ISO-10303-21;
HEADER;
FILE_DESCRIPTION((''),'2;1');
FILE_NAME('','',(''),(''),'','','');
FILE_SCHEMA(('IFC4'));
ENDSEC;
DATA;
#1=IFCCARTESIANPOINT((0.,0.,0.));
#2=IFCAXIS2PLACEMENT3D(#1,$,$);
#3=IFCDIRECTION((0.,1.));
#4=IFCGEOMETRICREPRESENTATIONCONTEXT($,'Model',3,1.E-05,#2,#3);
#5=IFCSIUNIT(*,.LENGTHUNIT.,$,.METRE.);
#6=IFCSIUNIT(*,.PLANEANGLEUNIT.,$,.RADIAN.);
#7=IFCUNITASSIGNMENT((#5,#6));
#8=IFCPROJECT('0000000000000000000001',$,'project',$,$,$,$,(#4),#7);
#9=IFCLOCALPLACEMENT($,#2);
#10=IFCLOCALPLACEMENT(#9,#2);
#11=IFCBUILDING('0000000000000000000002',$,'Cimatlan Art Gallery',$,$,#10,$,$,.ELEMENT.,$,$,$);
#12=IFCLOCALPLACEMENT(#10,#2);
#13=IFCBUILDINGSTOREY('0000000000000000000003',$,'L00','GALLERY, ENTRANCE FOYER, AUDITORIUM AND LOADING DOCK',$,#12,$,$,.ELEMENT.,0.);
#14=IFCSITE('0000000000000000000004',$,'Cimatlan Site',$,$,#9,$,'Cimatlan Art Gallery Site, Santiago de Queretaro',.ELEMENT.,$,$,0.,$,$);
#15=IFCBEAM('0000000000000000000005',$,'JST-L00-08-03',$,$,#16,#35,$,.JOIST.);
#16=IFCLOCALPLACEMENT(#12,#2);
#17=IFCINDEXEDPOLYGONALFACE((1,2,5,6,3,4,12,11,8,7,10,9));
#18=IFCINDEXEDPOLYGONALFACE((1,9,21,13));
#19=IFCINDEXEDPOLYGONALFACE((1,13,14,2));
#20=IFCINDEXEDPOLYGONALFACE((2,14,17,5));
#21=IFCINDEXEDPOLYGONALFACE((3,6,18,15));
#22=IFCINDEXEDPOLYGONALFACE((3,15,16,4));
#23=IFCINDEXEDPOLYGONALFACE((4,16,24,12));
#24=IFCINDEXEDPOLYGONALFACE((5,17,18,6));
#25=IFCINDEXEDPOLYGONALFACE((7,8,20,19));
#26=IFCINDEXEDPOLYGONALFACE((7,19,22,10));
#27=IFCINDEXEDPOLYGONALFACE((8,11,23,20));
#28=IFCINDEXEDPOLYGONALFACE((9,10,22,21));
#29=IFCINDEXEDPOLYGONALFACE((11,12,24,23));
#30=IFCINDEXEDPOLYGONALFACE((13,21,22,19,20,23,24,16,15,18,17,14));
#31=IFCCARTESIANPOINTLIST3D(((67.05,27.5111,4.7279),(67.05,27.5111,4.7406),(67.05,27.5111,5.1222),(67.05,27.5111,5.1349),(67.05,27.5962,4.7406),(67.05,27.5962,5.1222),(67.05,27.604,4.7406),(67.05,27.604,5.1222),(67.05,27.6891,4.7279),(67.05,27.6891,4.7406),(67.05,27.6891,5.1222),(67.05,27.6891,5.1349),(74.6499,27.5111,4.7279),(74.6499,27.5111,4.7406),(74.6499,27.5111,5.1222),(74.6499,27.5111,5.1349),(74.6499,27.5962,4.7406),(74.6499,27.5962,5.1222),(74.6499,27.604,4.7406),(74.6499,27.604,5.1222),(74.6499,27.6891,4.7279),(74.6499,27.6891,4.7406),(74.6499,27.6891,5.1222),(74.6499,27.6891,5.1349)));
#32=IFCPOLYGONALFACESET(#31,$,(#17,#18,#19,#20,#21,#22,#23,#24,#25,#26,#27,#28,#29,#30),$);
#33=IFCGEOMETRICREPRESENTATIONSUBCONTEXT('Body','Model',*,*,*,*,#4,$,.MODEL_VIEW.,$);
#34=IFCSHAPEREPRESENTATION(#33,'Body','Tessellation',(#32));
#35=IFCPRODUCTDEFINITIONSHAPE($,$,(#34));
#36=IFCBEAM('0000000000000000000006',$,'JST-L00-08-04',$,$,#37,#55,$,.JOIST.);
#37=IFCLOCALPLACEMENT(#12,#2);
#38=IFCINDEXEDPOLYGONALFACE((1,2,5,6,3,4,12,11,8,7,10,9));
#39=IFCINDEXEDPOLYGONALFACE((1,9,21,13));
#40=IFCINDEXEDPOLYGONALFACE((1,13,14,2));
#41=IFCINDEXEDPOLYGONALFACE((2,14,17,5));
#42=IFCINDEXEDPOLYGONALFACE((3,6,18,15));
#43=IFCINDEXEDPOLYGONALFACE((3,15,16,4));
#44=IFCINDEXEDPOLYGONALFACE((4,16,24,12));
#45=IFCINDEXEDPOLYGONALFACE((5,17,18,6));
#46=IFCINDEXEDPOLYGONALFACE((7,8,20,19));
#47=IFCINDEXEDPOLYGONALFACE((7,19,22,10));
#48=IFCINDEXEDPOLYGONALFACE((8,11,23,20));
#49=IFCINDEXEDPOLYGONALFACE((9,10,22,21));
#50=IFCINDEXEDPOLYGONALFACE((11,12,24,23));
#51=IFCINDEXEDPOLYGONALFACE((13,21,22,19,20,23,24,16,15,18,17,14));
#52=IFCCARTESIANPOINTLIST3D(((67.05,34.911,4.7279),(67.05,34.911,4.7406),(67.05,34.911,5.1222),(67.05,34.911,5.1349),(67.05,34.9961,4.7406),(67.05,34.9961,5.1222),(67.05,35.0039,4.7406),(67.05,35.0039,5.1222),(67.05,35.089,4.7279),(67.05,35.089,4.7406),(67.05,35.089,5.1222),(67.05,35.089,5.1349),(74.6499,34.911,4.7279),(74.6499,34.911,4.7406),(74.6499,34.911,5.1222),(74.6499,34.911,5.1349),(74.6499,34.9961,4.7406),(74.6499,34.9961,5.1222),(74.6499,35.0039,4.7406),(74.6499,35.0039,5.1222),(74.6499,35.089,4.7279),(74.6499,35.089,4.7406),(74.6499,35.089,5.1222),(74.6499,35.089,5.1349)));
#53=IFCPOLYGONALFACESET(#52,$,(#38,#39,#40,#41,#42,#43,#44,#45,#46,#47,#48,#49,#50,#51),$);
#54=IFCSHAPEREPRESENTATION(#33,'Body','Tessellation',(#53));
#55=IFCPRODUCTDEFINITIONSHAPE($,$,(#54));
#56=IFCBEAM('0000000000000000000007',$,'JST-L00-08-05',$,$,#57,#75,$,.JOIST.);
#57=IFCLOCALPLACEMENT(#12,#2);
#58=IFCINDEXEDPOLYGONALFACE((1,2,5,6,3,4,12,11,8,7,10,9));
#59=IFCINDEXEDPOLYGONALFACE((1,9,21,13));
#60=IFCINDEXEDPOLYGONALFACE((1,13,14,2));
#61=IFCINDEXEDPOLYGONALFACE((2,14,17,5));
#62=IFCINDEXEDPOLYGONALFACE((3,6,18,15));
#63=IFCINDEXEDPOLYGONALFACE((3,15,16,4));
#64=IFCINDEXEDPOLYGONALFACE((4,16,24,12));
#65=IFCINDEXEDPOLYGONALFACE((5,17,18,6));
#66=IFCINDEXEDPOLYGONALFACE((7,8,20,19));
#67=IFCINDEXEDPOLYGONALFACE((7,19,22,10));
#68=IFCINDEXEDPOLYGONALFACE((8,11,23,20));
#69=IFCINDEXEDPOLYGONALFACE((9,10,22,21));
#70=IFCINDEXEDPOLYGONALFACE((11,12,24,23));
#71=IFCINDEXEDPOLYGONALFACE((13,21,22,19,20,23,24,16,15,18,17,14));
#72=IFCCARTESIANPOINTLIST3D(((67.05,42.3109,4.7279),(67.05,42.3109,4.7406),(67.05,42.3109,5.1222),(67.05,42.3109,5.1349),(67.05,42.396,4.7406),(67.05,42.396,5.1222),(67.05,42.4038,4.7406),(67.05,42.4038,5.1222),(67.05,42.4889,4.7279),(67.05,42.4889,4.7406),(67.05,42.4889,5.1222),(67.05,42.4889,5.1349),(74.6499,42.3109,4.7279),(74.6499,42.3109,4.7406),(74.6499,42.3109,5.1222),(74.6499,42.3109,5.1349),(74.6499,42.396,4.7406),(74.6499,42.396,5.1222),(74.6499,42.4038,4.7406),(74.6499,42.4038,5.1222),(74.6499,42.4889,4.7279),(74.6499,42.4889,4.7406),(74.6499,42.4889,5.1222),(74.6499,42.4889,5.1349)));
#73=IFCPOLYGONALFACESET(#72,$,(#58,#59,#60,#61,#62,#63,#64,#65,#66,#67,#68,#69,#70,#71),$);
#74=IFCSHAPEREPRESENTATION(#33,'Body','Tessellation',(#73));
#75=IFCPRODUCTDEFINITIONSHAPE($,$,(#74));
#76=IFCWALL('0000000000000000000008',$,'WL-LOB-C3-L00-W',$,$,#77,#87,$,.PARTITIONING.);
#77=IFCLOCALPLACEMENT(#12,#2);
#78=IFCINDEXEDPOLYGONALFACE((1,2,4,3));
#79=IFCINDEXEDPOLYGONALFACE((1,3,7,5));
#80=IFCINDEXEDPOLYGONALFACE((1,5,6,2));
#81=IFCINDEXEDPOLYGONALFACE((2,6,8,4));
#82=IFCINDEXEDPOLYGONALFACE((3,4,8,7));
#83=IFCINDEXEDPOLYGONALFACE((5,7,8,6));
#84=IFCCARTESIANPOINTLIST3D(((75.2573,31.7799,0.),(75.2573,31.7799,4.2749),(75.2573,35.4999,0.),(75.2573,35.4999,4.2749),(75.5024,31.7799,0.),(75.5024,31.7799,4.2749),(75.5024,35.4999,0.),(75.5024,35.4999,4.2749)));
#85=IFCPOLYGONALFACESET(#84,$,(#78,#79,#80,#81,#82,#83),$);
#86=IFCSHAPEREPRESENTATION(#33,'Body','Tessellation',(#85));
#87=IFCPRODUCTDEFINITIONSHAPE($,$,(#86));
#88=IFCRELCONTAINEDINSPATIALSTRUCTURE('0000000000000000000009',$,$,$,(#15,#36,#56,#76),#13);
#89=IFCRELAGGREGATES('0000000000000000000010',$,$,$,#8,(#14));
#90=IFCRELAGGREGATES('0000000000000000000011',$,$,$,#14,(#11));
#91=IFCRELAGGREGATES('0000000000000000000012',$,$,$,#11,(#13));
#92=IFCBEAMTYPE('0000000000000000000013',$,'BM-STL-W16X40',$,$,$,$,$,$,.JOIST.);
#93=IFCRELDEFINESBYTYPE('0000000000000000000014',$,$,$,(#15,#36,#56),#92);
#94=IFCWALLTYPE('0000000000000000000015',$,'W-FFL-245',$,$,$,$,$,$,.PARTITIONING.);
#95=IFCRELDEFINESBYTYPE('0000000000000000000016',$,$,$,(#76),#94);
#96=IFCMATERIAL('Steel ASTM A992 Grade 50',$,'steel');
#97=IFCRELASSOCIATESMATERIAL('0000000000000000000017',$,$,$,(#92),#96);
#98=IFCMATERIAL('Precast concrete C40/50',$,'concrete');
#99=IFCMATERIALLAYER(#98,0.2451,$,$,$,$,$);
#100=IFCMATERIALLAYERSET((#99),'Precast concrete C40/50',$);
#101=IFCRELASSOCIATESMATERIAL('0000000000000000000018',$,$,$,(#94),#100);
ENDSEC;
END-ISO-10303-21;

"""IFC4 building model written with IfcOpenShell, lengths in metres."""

from ifc_helpers import new_model, si_unit, direction, frame, frame_2d, origin, origin_2d, place, context, subcontext, project, spatial, rectangle, i_section, extrude, material, layer, layer_set, material_profile, profile_set, type_object, element, save


model = new_model("IFC4")

# Units and contexts
model_context = context("Model", 3, precision=1e-05, world=origin(), true_north=direction((0.0, 1.0)))
body_context = subcontext(model_context, "Body", "Model", "MODEL_VIEW")
ifc_project = project(units=[si_unit("LENGTHUNIT", "METRE"), si_unit("PLANEANGLEUNIT", "RADIAN")], contexts=[model_context])

# Site, building, storey
site_placement = place(None, origin())
site = spatial("IfcSite", under=ifc_project, at=site_placement, Name="Cimatlan Site", LongName="Cimatlan Art Gallery Site, Santiago de Queretaro", CompositionType="ELEMENT", RefElevation=0.0)
building_placement = place(site_placement, origin())
building = spatial("IfcBuilding", under=site, at=building_placement, Name="Cimatlan Art Gallery", CompositionType="ELEMENT")
storey_placement = place(building_placement, origin())
storey = spatial("IfcBuildingStorey", under=building, at=storey_placement, Name="L00", Description="GALLERY, ENTRANCE FOYER, AUDITORIUM AND LOADING DOCK", CompositionType="ELEMENT", Elevation=0.0)

# Beams
ifc_material_1 = material(Name="Steel ASTM A992 Grade 50", Category="steel")
ifc_material_profile_1 = material_profile(ifc_material_1, i_section(OverallWidth=0.178, OverallDepth=0.407, WebThickness=0.0078, FlangeThickness=0.0127, at=origin_2d()), Name="W16X40")
ifc_profile_set_1 = profile_set([ifc_material_profile_1], Name="Steel ASTM A992 Grade 50")
beam_type_1 = type_object("IfcBeamType", Name="BM-STL-W16X40", PredefinedType="JOIST", material=ifc_profile_set_1)
for number, where, z_axis, x_axis, name in (
    (1, (67.05, 27.6001, 4.9314), (1.0, 0.0, 0.0), (0.0, 1.0, 0.0), "JST-L00-08-03"),
    (2, (67.05, 35.0, 4.9314), (1.0, 0.0, 0.0), (0.0, 1.0, 0.0), "JST-L00-08-04"),
    (3, (67.05, 42.3999, 4.9314), (1.0, 0.0, 0.0), (0.0, 1.0, 0.0), "JST-L00-08-05"),
):
    element("IfcBeam", number, at=place(storey_placement, frame(where, z_axis=z_axis, x_axis=x_axis)), inside=storey, type_object=beam_type_1, Name=name, PredefinedType="JOIST", context=body_context, shape_type="SweptSolid", body=[
        extrude(i_section(OverallWidth=0.178, OverallDepth=0.407, WebThickness=0.0078, FlangeThickness=0.0127, at=origin_2d()), origin(), (0.0, 0.0, 1.0), 7.5999),
    ])

# Shared definitions
ifc_material_2 = material(Name="Precast concrete C40/50", Category="concrete")
ifc_layer_1 = layer(ifc_material_2, 0.2451)
ifc_layer_set_1 = layer_set([ifc_layer_1], Name="Precast concrete C40/50")
wall_type_1 = type_object("IfcWallType", Name="W-FFL-245", PredefinedType="PARTITIONING", material=ifc_layer_set_1)

# Wall
wall_1_placement = place(storey_placement, frame((75.3799, 31.78, 0.0), z_axis=(0.0, 0.0, 1.0), x_axis=(0.0, 1.0, 0.0)))
element("IfcWall", 4, at=wall_1_placement, inside=storey, type_object=wall_type_1, Name="WL-LOB-C3-L00-W", PredefinedType="PARTITIONING", context=body_context, shape_type="SweptSolid", body=[
    extrude(rectangle(XDim=3.72, YDim=0.2451, at=frame_2d((1.8599, 0.0))), origin(), (0.0, 0.0, 1.0), 4.2749),
])

save(model, "model.ifc")
